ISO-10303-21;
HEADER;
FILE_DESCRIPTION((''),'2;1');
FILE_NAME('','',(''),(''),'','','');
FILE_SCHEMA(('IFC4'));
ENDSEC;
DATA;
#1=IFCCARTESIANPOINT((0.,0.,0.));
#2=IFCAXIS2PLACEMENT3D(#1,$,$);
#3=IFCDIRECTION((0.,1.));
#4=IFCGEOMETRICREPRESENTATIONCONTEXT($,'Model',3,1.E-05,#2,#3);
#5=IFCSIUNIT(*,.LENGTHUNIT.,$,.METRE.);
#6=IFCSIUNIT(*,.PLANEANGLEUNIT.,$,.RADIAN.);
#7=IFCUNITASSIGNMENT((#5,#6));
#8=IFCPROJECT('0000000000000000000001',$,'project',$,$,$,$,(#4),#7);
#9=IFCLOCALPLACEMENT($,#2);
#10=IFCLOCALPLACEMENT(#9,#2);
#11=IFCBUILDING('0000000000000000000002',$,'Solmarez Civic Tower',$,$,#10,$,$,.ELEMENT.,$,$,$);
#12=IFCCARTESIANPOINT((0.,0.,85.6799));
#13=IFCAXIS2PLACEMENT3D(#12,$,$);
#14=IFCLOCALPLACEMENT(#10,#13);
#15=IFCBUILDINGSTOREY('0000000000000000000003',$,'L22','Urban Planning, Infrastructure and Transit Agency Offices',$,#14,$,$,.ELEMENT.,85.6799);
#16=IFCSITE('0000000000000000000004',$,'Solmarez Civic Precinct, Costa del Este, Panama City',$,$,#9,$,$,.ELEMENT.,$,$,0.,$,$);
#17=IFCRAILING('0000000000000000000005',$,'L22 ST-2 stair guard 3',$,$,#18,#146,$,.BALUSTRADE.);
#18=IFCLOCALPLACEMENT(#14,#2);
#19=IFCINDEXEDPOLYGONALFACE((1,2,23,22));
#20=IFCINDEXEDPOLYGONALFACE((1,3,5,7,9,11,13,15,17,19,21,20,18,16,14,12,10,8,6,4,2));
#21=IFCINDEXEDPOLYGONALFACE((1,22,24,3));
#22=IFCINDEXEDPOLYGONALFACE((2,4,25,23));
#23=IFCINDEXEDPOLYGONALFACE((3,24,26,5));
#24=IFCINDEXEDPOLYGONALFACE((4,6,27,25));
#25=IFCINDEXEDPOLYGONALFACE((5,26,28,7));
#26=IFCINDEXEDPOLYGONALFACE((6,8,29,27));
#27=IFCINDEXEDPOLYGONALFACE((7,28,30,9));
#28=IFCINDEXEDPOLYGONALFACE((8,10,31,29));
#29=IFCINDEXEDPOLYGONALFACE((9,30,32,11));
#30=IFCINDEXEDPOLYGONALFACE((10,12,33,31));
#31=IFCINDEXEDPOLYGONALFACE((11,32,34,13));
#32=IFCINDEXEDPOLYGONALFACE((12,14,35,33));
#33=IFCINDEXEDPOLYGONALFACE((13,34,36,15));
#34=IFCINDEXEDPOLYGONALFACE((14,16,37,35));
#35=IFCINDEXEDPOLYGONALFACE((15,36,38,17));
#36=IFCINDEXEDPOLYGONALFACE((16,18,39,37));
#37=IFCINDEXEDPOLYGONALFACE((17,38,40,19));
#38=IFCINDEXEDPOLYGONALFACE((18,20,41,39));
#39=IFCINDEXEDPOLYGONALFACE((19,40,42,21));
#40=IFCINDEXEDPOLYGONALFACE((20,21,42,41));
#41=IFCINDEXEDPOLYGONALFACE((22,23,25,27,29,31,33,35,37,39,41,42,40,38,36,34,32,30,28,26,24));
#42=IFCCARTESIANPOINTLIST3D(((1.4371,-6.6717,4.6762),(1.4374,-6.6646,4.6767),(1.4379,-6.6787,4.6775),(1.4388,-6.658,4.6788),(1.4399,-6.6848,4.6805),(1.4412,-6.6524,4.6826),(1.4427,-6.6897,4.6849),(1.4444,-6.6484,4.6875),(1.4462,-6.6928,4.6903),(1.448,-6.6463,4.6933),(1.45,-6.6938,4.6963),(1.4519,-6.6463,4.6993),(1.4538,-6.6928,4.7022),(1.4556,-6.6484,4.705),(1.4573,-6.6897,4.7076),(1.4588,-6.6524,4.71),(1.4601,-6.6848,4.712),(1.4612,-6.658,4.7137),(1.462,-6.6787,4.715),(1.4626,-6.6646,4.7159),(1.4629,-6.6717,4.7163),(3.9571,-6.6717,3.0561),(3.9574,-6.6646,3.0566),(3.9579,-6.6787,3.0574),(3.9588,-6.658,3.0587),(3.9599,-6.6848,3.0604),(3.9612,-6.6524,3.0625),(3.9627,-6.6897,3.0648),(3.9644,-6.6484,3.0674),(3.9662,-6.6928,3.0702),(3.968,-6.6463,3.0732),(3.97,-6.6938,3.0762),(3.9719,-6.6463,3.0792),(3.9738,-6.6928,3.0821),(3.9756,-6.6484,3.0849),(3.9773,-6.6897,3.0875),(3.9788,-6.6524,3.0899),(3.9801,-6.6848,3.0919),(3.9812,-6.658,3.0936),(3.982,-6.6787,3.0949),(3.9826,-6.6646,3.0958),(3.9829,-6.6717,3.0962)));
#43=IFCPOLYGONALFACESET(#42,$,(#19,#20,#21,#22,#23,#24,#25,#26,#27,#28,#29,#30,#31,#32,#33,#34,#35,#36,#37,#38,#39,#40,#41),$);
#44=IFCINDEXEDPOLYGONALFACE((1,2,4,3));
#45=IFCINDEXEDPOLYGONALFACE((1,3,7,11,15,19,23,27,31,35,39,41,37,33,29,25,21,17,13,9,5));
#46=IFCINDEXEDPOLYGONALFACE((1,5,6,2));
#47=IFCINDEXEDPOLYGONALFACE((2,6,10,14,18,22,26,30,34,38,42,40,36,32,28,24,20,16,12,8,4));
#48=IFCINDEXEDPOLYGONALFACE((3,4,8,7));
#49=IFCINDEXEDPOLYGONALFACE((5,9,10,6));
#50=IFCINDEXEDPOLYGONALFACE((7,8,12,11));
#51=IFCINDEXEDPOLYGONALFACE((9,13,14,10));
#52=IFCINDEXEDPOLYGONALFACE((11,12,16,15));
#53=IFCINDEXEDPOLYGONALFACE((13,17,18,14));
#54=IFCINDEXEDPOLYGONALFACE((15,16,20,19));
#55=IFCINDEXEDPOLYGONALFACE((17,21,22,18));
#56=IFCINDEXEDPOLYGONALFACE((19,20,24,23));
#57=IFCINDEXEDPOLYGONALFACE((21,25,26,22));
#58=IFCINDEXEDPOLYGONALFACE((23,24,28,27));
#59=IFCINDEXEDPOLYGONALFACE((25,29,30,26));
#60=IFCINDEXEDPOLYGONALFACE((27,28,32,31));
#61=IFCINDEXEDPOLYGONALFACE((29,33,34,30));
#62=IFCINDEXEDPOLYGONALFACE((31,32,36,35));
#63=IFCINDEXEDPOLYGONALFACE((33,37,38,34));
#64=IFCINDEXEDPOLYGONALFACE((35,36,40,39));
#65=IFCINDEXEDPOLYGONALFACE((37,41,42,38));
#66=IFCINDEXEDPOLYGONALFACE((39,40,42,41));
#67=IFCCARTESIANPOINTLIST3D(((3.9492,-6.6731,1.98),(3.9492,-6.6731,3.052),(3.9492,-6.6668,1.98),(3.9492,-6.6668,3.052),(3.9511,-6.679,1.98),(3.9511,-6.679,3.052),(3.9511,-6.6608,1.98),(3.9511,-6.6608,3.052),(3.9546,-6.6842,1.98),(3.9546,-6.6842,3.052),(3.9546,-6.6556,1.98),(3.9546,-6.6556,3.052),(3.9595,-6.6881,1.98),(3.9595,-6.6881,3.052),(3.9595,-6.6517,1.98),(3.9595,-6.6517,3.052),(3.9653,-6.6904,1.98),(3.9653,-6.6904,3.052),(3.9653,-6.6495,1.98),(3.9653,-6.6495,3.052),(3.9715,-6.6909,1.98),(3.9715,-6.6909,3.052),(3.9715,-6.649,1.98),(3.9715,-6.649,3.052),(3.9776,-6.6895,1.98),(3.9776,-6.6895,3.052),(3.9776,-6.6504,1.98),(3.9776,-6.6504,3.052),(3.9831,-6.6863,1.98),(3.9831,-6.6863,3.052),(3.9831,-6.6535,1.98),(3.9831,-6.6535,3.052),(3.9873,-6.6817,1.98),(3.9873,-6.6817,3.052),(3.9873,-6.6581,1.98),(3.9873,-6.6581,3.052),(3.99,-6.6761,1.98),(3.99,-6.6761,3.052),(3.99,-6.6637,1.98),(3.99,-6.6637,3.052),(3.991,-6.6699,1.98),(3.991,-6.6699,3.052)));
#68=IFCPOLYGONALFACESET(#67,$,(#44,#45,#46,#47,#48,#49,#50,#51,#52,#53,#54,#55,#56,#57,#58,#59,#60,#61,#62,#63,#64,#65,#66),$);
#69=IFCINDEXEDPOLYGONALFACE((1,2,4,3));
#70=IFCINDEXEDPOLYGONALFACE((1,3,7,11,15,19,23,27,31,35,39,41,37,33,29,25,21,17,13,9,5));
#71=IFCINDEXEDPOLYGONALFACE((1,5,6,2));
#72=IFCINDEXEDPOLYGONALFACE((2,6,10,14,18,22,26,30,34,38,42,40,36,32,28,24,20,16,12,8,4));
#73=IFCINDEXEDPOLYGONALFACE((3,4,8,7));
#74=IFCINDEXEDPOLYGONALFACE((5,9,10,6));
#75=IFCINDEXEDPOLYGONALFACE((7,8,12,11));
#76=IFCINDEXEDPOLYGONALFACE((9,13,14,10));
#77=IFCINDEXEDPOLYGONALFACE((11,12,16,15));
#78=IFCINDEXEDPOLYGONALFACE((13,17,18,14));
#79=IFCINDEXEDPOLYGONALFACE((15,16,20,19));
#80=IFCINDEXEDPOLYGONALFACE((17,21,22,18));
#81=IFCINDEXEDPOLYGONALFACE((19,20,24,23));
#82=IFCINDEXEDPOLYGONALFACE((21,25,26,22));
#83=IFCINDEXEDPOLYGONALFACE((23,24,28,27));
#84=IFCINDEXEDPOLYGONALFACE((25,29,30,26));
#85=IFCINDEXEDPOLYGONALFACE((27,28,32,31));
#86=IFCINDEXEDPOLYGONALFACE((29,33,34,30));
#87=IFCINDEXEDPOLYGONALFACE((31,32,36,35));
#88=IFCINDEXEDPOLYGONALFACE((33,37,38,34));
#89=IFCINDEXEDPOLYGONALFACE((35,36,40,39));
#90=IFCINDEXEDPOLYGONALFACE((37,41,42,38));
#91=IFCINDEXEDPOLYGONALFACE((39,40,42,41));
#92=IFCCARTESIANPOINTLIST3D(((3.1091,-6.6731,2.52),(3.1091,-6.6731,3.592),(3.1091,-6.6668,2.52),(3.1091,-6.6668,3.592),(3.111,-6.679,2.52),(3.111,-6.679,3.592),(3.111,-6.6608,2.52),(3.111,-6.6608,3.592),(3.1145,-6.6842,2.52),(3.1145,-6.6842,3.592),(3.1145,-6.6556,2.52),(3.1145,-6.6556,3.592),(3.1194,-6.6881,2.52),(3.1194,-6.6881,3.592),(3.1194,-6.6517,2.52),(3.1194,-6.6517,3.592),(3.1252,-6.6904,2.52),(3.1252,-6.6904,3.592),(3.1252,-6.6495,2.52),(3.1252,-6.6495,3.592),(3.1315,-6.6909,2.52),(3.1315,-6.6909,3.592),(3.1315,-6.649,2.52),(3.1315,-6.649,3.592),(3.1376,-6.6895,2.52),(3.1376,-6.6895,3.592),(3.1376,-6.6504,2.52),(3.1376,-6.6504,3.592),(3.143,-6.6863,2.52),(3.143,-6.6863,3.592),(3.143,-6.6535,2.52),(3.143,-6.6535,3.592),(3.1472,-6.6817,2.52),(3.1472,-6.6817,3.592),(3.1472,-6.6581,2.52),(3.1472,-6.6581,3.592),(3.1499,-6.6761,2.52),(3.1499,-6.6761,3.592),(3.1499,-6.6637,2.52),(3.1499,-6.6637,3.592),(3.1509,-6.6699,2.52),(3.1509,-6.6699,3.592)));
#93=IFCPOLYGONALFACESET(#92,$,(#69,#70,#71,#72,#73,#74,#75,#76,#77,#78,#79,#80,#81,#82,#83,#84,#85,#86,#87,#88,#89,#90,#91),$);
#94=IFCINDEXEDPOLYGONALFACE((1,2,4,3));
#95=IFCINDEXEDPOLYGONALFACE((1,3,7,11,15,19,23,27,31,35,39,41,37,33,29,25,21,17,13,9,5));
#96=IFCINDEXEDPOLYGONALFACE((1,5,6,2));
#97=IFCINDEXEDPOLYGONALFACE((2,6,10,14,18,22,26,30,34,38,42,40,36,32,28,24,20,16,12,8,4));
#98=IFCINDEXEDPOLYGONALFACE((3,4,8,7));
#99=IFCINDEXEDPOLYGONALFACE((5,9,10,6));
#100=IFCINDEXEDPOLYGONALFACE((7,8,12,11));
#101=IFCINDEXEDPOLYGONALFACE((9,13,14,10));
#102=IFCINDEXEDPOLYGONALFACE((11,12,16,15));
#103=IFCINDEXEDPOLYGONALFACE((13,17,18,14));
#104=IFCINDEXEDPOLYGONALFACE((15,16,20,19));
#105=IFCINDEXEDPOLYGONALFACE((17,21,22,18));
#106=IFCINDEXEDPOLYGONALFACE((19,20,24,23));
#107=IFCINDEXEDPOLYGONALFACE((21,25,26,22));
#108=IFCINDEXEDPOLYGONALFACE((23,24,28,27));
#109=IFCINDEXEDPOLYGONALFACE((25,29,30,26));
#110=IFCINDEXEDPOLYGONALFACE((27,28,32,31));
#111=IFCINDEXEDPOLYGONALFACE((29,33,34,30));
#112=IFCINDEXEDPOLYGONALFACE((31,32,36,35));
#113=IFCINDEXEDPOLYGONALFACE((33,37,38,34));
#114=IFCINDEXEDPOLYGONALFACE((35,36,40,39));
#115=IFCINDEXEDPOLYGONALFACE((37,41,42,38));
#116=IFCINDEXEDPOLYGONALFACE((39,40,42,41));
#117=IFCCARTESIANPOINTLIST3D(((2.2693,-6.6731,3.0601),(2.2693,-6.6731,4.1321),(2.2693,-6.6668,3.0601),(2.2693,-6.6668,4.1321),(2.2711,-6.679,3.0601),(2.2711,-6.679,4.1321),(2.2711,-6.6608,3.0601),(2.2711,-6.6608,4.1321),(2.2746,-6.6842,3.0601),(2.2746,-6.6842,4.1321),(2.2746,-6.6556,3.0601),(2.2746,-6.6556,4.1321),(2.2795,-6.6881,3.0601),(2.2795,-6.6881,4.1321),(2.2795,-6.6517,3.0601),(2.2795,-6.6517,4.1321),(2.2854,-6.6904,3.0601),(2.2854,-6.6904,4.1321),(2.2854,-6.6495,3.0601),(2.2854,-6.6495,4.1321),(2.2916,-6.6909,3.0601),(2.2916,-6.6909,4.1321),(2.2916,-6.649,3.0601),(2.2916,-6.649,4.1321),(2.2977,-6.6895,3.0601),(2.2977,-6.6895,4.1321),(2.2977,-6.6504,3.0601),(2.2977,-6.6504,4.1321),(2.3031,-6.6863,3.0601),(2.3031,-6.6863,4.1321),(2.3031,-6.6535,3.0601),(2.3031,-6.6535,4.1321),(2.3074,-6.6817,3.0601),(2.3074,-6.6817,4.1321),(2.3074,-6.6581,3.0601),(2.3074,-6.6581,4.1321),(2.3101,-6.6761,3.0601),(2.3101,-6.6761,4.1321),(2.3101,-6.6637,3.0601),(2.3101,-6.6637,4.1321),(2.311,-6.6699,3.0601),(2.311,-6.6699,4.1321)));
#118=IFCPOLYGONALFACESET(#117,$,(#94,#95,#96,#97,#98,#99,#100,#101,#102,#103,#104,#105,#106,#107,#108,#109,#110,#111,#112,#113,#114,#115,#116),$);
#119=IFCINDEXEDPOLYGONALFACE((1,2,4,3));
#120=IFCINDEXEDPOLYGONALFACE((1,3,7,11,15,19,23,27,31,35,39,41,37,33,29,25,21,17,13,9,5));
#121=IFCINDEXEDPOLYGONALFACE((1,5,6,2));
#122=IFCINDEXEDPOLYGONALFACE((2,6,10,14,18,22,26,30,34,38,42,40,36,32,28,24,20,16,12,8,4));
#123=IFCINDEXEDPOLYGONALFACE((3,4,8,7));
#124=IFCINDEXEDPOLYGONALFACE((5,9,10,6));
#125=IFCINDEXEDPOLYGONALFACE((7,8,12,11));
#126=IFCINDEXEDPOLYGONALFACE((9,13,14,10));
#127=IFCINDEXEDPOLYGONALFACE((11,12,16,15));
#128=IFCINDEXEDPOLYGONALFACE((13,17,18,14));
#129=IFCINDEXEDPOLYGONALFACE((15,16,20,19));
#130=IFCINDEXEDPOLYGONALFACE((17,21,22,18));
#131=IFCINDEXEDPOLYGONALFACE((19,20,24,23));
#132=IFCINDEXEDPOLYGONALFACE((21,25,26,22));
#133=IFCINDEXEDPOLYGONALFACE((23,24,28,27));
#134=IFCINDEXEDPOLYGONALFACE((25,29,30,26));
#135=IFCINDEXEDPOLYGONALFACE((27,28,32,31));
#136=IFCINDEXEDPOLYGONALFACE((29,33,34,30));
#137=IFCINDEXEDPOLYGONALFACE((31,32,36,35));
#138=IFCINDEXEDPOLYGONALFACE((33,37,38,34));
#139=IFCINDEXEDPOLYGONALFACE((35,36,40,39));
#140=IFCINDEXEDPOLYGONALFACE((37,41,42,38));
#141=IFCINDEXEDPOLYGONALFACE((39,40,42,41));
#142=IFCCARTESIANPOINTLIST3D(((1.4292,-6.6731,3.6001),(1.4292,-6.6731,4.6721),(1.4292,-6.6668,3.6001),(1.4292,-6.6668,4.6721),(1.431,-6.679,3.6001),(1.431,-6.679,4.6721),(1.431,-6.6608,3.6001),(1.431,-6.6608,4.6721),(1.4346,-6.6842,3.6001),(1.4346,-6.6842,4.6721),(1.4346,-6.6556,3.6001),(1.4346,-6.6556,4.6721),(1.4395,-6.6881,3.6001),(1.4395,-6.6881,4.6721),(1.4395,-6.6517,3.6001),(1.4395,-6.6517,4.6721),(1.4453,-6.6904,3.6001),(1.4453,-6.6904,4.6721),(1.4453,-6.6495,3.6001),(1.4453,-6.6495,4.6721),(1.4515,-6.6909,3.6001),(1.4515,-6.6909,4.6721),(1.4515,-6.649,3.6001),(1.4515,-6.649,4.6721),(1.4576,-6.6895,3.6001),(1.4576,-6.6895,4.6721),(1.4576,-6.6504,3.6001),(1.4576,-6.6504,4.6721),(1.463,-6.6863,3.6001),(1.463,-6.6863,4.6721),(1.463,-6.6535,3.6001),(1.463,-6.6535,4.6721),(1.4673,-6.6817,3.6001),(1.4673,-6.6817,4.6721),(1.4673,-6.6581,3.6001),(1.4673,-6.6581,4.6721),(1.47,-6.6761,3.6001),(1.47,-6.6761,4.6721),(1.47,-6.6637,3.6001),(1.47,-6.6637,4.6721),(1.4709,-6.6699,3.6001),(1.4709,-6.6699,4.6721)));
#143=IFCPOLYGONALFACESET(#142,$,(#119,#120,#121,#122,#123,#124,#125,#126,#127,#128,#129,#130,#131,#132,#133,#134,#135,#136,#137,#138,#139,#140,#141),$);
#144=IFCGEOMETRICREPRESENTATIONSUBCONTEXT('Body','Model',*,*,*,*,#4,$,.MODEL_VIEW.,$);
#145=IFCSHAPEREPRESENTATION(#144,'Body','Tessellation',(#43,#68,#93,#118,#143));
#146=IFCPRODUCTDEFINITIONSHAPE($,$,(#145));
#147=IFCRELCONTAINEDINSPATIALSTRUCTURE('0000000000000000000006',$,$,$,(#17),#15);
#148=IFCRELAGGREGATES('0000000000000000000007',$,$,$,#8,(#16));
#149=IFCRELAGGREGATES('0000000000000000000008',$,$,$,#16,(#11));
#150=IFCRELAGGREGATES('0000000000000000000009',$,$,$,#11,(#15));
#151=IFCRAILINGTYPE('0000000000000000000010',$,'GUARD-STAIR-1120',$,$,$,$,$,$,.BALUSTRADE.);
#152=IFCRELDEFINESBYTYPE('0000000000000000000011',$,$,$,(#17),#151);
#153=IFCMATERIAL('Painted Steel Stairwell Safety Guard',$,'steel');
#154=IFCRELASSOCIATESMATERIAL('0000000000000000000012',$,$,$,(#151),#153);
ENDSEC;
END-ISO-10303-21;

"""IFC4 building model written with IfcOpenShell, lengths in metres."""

from ifc_helpers import new_model, si_unit, direction, frame, origin, origin_2d, place, context, subcontext, project, spatial, circle, extrude, material, type_object, element, save


model = new_model("IFC4")

# Units and contexts
model_context = context("Model", 3, precision=1e-05, world=origin(), true_north=direction((0.0, 1.0)))
body_context = subcontext(model_context, "Body", "Model", "MODEL_VIEW")
ifc_project = project(units=[si_unit("LENGTHUNIT", "METRE"), si_unit("PLANEANGLEUNIT", "RADIAN")], contexts=[model_context])

# Site, building, storey
site_placement = place(None, origin())
site = spatial("IfcSite", under=ifc_project, at=site_placement, Name="Solmarez Civic Precinct, Costa del Este, Panama City", CompositionType="ELEMENT", RefElevation=0.0)
building_placement = place(site_placement, origin())
building = spatial("IfcBuilding", under=site, at=building_placement, Name="Solmarez Civic Tower", CompositionType="ELEMENT")
storey_placement = place(building_placement, frame((0.0, 0.0, 85.6799)))
storey = spatial("IfcBuildingStorey", under=building, at=storey_placement, Name="L22", Description="Urban Planning, Infrastructure and Transit Agency Offices", CompositionType="ELEMENT", Elevation=85.6799)

# Railing
ifc_material_1 = material(Name="Painted Steel Stairwell Safety Guard", Category="steel")
railing_type_1 = type_object("IfcRailingType", Name="GUARD-STAIR-1120", PredefinedType="BALUSTRADE", material=ifc_material_1)
railing_1_placement = place(storey_placement, frame((3.97, -6.6699, 1.98)))
element("IfcRailing", 1, at=railing_1_placement, inside=storey, type_object=railing_type_1, Name="L22 ST-2 stair guard 3", PredefinedType="BALUSTRADE", context=body_context, shape_type="SweptSolid", body=[
    extrude(circle(Radius=0.0239, at=origin_2d()), frame((0.0, 0.0, 1.0962), z_axis=(-0.841163, 0.0, 0.540782), x_axis=(0.0, -1.0, 0.0)), (0.0, 0.0, 1.0), 2.9958),
    extrude(circle(Radius=0.021, at=origin_2d()), origin(), (0.0, 0.0, 1.0), 1.072),
    extrude(circle(Radius=0.021, at=origin_2d()), frame((-0.8401, 0.0, 0.54)), (0.0, 0.0, 1.0), 1.072),
    extrude(circle(Radius=0.021, at=origin_2d()), frame((-1.6799, 0.0, 1.0801)), (0.0, 0.0, 1.0), 1.072),
    extrude(circle(Radius=0.021, at=origin_2d()), frame((-2.52, 0.0, 1.6201)), (0.0, 0.0, 1.0), 1.072),
])

save(model, "model.ifc")
